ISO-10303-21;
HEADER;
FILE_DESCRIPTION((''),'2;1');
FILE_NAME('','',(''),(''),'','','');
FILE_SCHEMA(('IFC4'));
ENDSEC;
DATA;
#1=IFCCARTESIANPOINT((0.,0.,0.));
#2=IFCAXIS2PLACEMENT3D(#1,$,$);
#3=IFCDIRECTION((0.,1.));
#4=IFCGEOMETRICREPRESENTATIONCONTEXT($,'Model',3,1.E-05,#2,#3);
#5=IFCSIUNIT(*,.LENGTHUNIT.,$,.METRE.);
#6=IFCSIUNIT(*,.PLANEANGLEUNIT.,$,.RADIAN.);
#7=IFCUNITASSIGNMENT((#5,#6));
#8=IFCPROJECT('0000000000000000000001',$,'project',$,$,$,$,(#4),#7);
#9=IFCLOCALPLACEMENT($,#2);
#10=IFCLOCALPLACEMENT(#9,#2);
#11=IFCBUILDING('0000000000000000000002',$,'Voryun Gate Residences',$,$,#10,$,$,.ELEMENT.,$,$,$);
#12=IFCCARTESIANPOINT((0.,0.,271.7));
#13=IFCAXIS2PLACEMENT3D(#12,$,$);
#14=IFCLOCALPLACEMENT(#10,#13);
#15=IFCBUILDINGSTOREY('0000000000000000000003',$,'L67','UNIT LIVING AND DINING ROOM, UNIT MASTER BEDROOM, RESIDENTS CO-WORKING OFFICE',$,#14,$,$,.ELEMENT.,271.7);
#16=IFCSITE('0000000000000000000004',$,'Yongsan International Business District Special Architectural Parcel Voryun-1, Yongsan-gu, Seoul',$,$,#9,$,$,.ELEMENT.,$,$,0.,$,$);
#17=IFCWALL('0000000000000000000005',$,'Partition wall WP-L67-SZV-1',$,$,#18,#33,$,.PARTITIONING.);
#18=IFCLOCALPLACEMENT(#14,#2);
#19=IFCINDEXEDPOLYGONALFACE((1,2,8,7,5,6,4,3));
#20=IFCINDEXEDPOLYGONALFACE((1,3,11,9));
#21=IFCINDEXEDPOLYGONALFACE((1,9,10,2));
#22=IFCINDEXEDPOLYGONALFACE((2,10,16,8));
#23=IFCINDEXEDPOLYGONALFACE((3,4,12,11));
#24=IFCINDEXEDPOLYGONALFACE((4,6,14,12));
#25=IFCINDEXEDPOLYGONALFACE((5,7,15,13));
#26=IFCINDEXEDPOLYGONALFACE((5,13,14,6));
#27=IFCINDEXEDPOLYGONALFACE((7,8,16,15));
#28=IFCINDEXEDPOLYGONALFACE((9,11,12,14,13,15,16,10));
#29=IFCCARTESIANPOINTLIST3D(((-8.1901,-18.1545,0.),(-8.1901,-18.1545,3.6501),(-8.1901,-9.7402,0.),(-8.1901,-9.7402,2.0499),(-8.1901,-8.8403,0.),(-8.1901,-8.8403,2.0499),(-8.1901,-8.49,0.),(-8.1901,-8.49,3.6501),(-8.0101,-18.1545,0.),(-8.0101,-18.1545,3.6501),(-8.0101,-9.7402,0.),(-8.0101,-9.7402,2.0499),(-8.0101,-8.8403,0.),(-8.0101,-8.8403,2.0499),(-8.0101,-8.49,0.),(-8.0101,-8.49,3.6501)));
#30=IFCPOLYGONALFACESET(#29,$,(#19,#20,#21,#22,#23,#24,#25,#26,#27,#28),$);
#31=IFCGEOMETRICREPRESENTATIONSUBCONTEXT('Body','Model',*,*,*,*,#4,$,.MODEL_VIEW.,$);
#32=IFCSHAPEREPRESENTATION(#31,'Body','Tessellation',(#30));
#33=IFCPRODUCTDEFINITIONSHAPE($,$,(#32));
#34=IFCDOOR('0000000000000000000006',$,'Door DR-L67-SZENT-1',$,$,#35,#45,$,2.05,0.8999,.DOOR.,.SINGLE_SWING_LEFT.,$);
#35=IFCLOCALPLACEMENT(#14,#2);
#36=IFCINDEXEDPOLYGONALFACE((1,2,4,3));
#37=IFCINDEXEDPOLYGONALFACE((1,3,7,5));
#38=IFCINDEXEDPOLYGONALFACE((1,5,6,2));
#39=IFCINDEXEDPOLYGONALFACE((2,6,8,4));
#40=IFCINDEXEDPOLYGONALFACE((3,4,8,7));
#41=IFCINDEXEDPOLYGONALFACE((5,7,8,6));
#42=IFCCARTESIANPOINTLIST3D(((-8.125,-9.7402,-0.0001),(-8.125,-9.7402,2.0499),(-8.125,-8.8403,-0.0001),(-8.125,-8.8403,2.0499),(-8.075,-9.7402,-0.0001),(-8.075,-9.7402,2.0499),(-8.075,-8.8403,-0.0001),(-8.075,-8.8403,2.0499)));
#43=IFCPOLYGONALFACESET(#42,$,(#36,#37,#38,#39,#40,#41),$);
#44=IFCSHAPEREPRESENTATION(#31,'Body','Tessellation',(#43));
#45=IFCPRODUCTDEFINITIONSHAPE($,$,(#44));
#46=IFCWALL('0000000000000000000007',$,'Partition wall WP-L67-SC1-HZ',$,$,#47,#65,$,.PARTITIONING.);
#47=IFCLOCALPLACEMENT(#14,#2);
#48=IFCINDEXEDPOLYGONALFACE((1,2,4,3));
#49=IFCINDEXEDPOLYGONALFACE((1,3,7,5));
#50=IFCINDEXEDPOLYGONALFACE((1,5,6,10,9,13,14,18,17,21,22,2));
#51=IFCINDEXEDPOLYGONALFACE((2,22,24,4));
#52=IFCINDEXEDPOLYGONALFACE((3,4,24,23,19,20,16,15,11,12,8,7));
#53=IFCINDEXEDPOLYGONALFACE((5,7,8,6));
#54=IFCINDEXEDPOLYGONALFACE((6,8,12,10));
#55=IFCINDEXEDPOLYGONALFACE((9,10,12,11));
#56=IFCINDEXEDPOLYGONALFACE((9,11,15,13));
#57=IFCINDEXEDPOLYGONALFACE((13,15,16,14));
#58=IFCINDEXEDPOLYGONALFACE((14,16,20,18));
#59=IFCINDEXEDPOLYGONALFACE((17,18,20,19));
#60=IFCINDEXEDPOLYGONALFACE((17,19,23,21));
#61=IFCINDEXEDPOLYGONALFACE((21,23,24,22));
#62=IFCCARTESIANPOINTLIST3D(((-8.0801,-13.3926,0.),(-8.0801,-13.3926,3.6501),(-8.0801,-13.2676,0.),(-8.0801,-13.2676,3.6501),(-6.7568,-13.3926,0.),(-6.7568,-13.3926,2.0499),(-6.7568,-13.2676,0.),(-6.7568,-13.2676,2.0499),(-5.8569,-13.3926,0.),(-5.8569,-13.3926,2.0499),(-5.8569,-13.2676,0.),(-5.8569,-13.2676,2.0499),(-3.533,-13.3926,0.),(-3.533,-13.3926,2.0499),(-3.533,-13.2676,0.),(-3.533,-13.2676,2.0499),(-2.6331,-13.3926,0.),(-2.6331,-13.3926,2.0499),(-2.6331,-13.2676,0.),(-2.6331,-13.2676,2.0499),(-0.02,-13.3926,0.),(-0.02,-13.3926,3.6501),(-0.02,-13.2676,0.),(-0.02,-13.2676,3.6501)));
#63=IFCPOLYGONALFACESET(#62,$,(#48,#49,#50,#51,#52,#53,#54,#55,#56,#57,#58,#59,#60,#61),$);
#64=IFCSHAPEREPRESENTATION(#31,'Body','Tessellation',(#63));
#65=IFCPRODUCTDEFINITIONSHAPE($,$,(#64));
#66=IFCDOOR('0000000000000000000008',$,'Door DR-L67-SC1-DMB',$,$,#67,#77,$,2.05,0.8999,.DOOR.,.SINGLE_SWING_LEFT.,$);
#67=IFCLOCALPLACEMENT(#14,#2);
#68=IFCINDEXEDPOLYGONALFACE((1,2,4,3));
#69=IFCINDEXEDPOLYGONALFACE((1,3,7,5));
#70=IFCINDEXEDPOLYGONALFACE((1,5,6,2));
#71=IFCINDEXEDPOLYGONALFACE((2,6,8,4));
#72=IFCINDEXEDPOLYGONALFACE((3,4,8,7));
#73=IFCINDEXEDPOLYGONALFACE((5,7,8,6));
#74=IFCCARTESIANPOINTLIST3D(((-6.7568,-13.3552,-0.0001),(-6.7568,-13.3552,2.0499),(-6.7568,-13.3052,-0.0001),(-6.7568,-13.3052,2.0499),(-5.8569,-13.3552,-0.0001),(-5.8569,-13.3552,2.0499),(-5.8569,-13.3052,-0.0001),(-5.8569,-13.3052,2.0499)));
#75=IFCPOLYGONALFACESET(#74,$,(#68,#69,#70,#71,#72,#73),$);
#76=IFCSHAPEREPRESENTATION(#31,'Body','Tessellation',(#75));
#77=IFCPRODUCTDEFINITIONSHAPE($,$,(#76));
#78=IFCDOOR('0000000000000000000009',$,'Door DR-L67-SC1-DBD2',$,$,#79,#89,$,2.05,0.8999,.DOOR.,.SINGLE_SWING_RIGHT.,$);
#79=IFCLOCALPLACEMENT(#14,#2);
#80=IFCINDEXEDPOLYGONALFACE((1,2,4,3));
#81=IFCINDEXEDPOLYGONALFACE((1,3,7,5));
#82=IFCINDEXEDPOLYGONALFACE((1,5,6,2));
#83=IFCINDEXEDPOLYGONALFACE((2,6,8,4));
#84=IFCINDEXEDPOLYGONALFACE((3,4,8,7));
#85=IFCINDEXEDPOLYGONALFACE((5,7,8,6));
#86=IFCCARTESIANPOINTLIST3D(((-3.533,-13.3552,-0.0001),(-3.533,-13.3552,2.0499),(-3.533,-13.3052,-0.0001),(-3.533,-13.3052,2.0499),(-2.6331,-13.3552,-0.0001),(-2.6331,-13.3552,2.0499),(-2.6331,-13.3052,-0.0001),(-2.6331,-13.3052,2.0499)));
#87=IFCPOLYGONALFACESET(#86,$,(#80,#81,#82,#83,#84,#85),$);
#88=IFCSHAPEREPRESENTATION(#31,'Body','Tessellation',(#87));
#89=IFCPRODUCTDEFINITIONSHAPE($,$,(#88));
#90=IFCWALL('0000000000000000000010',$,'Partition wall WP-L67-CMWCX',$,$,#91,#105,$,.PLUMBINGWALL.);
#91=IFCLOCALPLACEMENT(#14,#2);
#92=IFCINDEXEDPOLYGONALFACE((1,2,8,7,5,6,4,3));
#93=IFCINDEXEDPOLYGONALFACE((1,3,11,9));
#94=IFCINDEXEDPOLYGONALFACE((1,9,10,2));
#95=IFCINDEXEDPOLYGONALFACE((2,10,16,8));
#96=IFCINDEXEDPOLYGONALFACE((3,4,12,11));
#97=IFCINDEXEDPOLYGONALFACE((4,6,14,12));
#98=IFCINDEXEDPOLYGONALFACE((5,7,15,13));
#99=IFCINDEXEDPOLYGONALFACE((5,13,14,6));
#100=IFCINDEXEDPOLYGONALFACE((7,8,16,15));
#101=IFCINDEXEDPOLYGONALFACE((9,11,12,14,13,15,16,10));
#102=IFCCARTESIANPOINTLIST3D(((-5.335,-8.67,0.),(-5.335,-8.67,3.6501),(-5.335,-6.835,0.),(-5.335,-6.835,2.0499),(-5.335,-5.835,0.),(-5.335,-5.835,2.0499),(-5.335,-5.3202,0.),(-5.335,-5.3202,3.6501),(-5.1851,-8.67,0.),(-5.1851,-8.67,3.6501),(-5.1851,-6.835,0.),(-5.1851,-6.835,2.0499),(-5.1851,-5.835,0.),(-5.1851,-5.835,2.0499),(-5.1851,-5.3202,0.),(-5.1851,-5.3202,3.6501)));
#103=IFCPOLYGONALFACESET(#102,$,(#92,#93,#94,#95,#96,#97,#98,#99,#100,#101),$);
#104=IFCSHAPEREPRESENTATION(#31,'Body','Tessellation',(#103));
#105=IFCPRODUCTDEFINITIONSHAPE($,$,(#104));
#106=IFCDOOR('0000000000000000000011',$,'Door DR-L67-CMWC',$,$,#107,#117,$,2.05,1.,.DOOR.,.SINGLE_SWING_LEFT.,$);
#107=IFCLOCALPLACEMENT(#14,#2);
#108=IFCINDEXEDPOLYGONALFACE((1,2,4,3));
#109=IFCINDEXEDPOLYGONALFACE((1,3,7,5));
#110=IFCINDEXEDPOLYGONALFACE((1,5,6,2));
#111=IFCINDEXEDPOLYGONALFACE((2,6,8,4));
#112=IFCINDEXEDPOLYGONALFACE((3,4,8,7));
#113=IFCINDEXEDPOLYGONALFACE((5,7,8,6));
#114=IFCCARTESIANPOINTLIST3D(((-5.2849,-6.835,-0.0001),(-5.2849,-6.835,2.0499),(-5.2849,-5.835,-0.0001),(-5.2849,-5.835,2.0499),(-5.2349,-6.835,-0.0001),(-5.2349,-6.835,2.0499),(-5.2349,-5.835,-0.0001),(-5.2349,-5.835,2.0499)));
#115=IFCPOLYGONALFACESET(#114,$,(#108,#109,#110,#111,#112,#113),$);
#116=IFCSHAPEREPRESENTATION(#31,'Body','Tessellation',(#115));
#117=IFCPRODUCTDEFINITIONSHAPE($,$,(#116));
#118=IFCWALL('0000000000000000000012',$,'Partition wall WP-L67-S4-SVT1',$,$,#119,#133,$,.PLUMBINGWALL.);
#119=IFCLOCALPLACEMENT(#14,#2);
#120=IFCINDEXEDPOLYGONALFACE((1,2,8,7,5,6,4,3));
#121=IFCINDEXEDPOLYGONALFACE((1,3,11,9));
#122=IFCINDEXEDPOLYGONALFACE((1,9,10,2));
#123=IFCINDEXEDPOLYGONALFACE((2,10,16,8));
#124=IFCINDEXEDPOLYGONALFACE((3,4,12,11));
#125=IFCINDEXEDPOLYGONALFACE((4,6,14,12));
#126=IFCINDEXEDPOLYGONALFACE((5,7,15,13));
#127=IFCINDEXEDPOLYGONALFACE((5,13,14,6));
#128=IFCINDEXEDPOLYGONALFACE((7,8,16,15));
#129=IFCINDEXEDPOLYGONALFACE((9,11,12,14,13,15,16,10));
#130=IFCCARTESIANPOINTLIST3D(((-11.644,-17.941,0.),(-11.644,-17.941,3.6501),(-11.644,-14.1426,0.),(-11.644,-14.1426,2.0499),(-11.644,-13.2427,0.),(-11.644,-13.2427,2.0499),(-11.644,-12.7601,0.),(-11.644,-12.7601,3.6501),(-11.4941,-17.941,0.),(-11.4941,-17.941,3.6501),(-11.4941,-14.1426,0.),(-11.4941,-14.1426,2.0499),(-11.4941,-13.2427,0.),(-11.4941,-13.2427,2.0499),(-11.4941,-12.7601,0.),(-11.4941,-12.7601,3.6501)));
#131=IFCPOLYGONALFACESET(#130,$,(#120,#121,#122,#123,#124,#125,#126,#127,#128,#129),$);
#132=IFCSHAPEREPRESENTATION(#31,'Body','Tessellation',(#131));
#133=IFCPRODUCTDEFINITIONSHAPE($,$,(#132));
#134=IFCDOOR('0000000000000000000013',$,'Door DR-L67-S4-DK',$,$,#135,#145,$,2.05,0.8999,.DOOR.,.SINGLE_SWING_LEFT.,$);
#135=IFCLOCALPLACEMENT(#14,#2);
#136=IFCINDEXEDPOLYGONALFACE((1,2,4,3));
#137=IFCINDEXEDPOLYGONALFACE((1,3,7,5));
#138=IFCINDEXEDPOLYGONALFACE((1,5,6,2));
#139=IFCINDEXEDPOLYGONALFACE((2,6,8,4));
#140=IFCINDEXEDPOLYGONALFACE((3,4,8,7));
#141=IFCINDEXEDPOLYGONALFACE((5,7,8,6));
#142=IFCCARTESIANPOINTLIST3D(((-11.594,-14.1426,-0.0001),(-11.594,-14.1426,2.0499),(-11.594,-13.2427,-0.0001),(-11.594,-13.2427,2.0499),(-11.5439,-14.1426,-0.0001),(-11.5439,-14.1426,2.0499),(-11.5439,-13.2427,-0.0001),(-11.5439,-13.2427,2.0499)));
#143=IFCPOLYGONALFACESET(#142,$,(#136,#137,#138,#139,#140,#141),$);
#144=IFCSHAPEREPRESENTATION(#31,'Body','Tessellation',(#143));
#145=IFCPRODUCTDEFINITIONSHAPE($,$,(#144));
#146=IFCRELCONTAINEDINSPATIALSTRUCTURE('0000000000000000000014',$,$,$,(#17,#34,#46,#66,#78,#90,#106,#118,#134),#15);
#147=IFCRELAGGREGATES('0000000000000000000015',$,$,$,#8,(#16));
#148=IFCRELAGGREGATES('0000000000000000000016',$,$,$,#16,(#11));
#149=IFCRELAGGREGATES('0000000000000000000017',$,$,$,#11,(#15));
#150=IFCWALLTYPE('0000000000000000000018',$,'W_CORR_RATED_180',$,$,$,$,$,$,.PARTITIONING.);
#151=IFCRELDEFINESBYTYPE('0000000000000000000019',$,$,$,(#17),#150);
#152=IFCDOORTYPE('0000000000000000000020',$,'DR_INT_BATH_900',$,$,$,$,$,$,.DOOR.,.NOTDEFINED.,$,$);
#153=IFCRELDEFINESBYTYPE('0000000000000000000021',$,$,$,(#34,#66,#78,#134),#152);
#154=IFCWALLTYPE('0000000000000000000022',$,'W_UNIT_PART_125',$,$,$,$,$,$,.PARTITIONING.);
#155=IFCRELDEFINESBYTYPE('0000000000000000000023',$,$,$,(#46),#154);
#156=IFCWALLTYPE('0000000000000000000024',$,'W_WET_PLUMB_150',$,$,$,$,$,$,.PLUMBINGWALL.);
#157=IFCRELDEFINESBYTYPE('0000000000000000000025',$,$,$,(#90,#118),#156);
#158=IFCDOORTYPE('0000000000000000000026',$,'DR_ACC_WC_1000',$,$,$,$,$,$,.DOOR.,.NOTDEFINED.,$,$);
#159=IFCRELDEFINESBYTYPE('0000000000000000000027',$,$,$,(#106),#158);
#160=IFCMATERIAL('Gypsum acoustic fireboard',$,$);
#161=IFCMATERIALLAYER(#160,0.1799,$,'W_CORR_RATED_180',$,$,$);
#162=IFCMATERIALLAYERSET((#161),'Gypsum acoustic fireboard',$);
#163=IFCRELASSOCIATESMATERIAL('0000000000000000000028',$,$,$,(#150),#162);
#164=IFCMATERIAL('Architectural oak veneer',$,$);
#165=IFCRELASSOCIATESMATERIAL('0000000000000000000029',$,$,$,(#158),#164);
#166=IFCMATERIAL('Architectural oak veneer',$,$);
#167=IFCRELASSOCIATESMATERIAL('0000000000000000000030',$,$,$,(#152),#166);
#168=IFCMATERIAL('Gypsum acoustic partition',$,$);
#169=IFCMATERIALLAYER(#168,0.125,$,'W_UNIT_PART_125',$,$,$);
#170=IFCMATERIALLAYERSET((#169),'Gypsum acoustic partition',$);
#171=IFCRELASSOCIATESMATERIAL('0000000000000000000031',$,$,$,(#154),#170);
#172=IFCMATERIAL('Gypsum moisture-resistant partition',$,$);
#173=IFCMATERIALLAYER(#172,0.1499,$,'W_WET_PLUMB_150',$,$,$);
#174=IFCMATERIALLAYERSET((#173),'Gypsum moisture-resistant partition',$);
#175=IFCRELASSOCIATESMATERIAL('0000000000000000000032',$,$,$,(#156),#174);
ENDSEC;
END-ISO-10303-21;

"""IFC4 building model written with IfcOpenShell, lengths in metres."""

from ifc_helpers import new_model, si_unit, direction, frame, frame_2d, origin, place, context, subcontext, project, spatial, rectangle, extrude, material, layer, layer_set, type_object, element, fill, save


model = new_model("IFC4")

# Units and contexts
model_context = context("Model", 3, precision=1e-05, world=origin(), true_north=direction((0.0, 1.0)))
body_context = subcontext(model_context, "Body", "Model", "MODEL_VIEW")
ifc_project = project(units=[si_unit("LENGTHUNIT", "METRE"), si_unit("PLANEANGLEUNIT", "RADIAN")], contexts=[model_context])

# Site, building, storey
site_placement = place(None, origin())
site = spatial("IfcSite", under=ifc_project, at=site_placement, Name="Yongsan International Business District Special Architectural Parcel Voryun-1, Yongsan-gu, Seoul", CompositionType="ELEMENT", RefElevation=0.0)
building_placement = place(site_placement, origin())
building = spatial("IfcBuilding", under=site, at=building_placement, Name="Voryun Gate Residences", CompositionType="ELEMENT")
storey_placement = place(building_placement, frame((0.0, 0.0, 271.7)))
storey = spatial("IfcBuildingStorey", under=building, at=storey_placement, Name="L67", Description="UNIT LIVING AND DINING ROOM, UNIT MASTER BEDROOM, RESIDENTS CO-WORKING OFFICE", CompositionType="ELEMENT", Elevation=271.7)

# Shared definitions
ifc_material_1 = material(Name="Gypsum acoustic fireboard")
ifc_layer_1 = layer(ifc_material_1, 0.1799, Name="W_CORR_RATED_180")
ifc_layer_set_1 = layer_set([ifc_layer_1], Name="Gypsum acoustic fireboard")
wall_type_1 = type_object("IfcWallType", Name="W_CORR_RATED_180", PredefinedType="PARTITIONING", material=ifc_layer_set_1)

# Shared definitions
ifc_material_2 = material(Name="Architectural oak veneer")
door_type_1 = type_object("IfcDoorType", Name="DR_ACC_WC_1000", OperationType="NOTDEFINED", PredefinedType="DOOR", material=ifc_material_2)

# Wall, opening, door
wall_1_placement = place(storey_placement, frame((-8.1001, -18.1545, 0.0), z_axis=(0.0, 0.0, 1.0), x_axis=(0.0, 1.0, 0.0)))
wall_1 = element("IfcWall", 1, at=wall_1_placement, inside=storey, type_object=wall_type_1, Name="Partition wall WP-L67-SZV-1", PredefinedType="PARTITIONING", context=body_context, shape_type="SweptSolid", body=[
    extrude(rectangle(XDim=9.6646, YDim=0.1799, at=frame_2d((4.8323, 0.0))), origin(), (0.0, 0.0, 1.0), 3.6501),
])
opening_1_placement = place(wall_1_placement, frame((8.4143, 0.0, 0.0)))
opening_1 = element("IfcOpeningElement", 2, at=opening_1_placement, cuts=wall_1, PredefinedType="OPENING", context=body_context, shape_type="SweptSolid", body=[
    extrude(rectangle(XDim=0.8999, YDim=2.05, at=frame_2d((0.45, 1.0249))), frame((0.0, 0.0999, 0.0), z_axis=(0.0, -1.0, 0.0), x_axis=(1.0, 0.0, 0.0)), (0.0, 0.0, 1.0), 0.2),
])
ifc_material_3 = material(Name="Architectural oak veneer")
door_type_2 = type_object("IfcDoorType", Name="DR_INT_BATH_900", OperationType="NOTDEFINED", PredefinedType="DOOR", material=ifc_material_3)
door_1_placement = place(opening_1_placement, origin())
door_1 = element("IfcDoor", 3, at=door_1_placement, inside=storey, type_object=door_type_2, Name="Door DR-L67-SZENT-1", OperationType="SINGLE_SWING_LEFT", OverallHeight=2.05, OverallWidth=0.8999, PredefinedType="DOOR", context=body_context, shape_type="SweptSolid", body=[
    extrude(rectangle(XDim=0.8999, YDim=2.05, at=frame_2d((0.45, 1.0249))), frame((0.0, 0.0249, 0.0), z_axis=(0.0, -1.0, 0.0), x_axis=(1.0, 0.0, 0.0)), (0.0, 0.0, 1.0), 0.05),
])
fill(opening_1, door_1)

# Wall, openings, doors
ifc_material_4 = material(Name="Gypsum acoustic partition")
ifc_layer_2 = layer(ifc_material_4, 0.125, Name="W_UNIT_PART_125")
ifc_layer_set_2 = layer_set([ifc_layer_2], Name="Gypsum acoustic partition")
wall_type_2 = type_object("IfcWallType", Name="W_UNIT_PART_125", PredefinedType="PARTITIONING", material=ifc_layer_set_2)
wall_2_placement = place(storey_placement, frame((-8.0801, -13.3301, 0.0), z_axis=(0.0, 0.0, 1.0), x_axis=(1.0, 0.0, 0.0)))
wall_2 = element("IfcWall", 4, at=wall_2_placement, inside=storey, type_object=wall_type_2, Name="Partition wall WP-L67-SC1-HZ", PredefinedType="PARTITIONING", context=body_context, shape_type="SweptSolid", body=[
    extrude(rectangle(XDim=8.0601, YDim=0.125, at=frame_2d((4.03, 0.0))), origin(), (0.0, 0.0, 1.0), 3.6501),
])
opening_2_placement = place(wall_2_placement, frame((1.3232, 0.0, 0.0)))
opening_2 = element("IfcOpeningElement", 5, at=opening_2_placement, cuts=wall_2, PredefinedType="OPENING", context=body_context, shape_type="SweptSolid", body=[
    extrude(rectangle(XDim=0.8999, YDim=2.05, at=frame_2d((0.45, 1.0249))), frame((0.0, 0.0725, 0.0), z_axis=(0.0, -1.0, 0.0), x_axis=(1.0, 0.0, 0.0)), (0.0, 0.0, 1.0), 0.145),
])
opening_3_placement = place(wall_2_placement, frame((4.5471, 0.0, 0.0)))
opening_3 = element("IfcOpeningElement", 6, at=opening_3_placement, cuts=wall_2, PredefinedType="OPENING", context=body_context, shape_type="SweptSolid", body=[
    extrude(rectangle(XDim=0.8999, YDim=2.05, at=frame_2d((0.45, 1.0249))), frame((0.0, 0.0725, 0.0), z_axis=(0.0, -1.0, 0.0), x_axis=(1.0, 0.0, 0.0)), (0.0, 0.0, 1.0), 0.145),
])
door_2_placement = place(opening_2_placement, origin())
door_2 = element("IfcDoor", 7, at=door_2_placement, inside=storey, type_object=door_type_2, Name="Door DR-L67-SC1-DMB", OperationType="SINGLE_SWING_LEFT", OverallHeight=2.05, OverallWidth=0.8999, PredefinedType="DOOR", context=body_context, shape_type="SweptSolid", body=[
    extrude(rectangle(XDim=0.8999, YDim=2.05, at=frame_2d((0.45, 1.0249))), frame((0.0, 0.0249, 0.0), z_axis=(0.0, -1.0, 0.0), x_axis=(1.0, 0.0, 0.0)), (0.0, 0.0, 1.0), 0.05),
])
fill(opening_2, door_2)
door_3_placement = place(opening_3_placement, origin())
door_3 = element("IfcDoor", 8, at=door_3_placement, inside=storey, type_object=door_type_2, Name="Door DR-L67-SC1-DBD2", OperationType="SINGLE_SWING_RIGHT", OverallHeight=2.05, OverallWidth=0.8999, PredefinedType="DOOR", context=body_context, shape_type="SweptSolid", body=[
    extrude(rectangle(XDim=0.8999, YDim=2.05, at=frame_2d((0.45, 1.0249))), frame((0.0, 0.0249, 0.0), z_axis=(0.0, -1.0, 0.0), x_axis=(1.0, 0.0, 0.0)), (0.0, 0.0, 1.0), 0.05),
])
fill(opening_3, door_3)

# Walls, openings, doors
ifc_material_5 = material(Name="Gypsum moisture-resistant partition")
ifc_layer_3 = layer(ifc_material_5, 0.1499, Name="W_WET_PLUMB_150")
ifc_layer_set_3 = layer_set([ifc_layer_3], Name="Gypsum moisture-resistant partition")
wall_type_3 = type_object("IfcWallType", Name="W_WET_PLUMB_150", PredefinedType="PLUMBINGWALL", material=ifc_layer_set_3)
wall_3_placement = place(storey_placement, frame((-5.26, -8.6699, 0.0), z_axis=(0.0, 0.0, 1.0), x_axis=(0.0, 1.0, 0.0)))
wall_3 = element("IfcWall", 9, at=wall_3_placement, inside=storey, type_object=wall_type_3, Name="Partition wall WP-L67-CMWCX", PredefinedType="PLUMBINGWALL", context=body_context, shape_type="SweptSolid", body=[
    extrude(rectangle(XDim=3.3499, YDim=0.1499, at=frame_2d((1.6748, 0.0))), origin(), (0.0, 0.0, 1.0), 3.6501),
])
opening_4_placement = place(wall_3_placement, frame((1.835, 0.0, 0.0)))
opening_4 = element("IfcOpeningElement", 10, at=opening_4_placement, cuts=wall_3, PredefinedType="OPENING", context=body_context, shape_type="SweptSolid", body=[
    extrude(rectangle(XDim=1.0, YDim=2.05, at=frame_2d((0.5, 1.0249))), frame((0.0, 0.085, 0.0), z_axis=(0.0, -1.0, 0.0), x_axis=(1.0, 0.0, 0.0)), (0.0, 0.0, 1.0), 0.1699),
])
door_4_placement = place(opening_4_placement, origin())
door_4 = element("IfcDoor", 11, at=door_4_placement, inside=storey, type_object=door_type_1, Name="Door DR-L67-CMWC", OperationType="SINGLE_SWING_LEFT", OverallHeight=2.05, OverallWidth=1.0, PredefinedType="DOOR", context=body_context, shape_type="SweptSolid", body=[
    extrude(rectangle(XDim=1.0, YDim=2.05, at=frame_2d((0.5, 1.0249))), frame((0.0, 0.0249, 0.0), z_axis=(0.0, -1.0, 0.0), x_axis=(1.0, 0.0, 0.0)), (0.0, 0.0, 1.0), 0.05),
])
fill(opening_4, door_4)
wall_4_placement = place(storey_placement, frame((-11.5691, -17.9409, 0.0), z_axis=(0.0, 0.0, 1.0), x_axis=(0.0, 1.0, 0.0)))
wall_4 = element("IfcWall", 12, at=wall_4_placement, inside=storey, type_object=wall_type_3, Name="Partition wall WP-L67-S4-SVT1", PredefinedType="PLUMBINGWALL", context=body_context, shape_type="SweptSolid", body=[
    extrude(rectangle(XDim=5.1809, YDim=0.1499, at=frame_2d((2.5903, 0.0))), origin(), (0.0, 0.0, 1.0), 3.6501),
])
opening_5_placement = place(wall_4_placement, frame((3.7983, 0.0, 0.0)))
opening_5 = element("IfcOpeningElement", 13, at=opening_5_placement, cuts=wall_4, PredefinedType="OPENING", context=body_context, shape_type="SweptSolid", body=[
    extrude(rectangle(XDim=0.8999, YDim=2.05, at=frame_2d((0.45, 1.0249))), frame((0.0, 0.085, 0.0), z_axis=(0.0, -1.0, 0.0), x_axis=(1.0, 0.0, 0.0)), (0.0, 0.0, 1.0), 0.1699),
])
door_5_placement = place(opening_5_placement, origin())
door_5 = element("IfcDoor", 14, at=door_5_placement, inside=storey, type_object=door_type_2, Name="Door DR-L67-S4-DK", OperationType="SINGLE_SWING_LEFT", OverallHeight=2.05, OverallWidth=0.8999, PredefinedType="DOOR", context=body_context, shape_type="SweptSolid", body=[
    extrude(rectangle(XDim=0.8999, YDim=2.05, at=frame_2d((0.45, 1.0249))), frame((0.0, 0.0249, 0.0), z_axis=(0.0, -1.0, 0.0), x_axis=(1.0, 0.0, 0.0)), (0.0, 0.0, 1.0), 0.05),
])
fill(opening_5, door_5)

save(model, "model.ifc")
